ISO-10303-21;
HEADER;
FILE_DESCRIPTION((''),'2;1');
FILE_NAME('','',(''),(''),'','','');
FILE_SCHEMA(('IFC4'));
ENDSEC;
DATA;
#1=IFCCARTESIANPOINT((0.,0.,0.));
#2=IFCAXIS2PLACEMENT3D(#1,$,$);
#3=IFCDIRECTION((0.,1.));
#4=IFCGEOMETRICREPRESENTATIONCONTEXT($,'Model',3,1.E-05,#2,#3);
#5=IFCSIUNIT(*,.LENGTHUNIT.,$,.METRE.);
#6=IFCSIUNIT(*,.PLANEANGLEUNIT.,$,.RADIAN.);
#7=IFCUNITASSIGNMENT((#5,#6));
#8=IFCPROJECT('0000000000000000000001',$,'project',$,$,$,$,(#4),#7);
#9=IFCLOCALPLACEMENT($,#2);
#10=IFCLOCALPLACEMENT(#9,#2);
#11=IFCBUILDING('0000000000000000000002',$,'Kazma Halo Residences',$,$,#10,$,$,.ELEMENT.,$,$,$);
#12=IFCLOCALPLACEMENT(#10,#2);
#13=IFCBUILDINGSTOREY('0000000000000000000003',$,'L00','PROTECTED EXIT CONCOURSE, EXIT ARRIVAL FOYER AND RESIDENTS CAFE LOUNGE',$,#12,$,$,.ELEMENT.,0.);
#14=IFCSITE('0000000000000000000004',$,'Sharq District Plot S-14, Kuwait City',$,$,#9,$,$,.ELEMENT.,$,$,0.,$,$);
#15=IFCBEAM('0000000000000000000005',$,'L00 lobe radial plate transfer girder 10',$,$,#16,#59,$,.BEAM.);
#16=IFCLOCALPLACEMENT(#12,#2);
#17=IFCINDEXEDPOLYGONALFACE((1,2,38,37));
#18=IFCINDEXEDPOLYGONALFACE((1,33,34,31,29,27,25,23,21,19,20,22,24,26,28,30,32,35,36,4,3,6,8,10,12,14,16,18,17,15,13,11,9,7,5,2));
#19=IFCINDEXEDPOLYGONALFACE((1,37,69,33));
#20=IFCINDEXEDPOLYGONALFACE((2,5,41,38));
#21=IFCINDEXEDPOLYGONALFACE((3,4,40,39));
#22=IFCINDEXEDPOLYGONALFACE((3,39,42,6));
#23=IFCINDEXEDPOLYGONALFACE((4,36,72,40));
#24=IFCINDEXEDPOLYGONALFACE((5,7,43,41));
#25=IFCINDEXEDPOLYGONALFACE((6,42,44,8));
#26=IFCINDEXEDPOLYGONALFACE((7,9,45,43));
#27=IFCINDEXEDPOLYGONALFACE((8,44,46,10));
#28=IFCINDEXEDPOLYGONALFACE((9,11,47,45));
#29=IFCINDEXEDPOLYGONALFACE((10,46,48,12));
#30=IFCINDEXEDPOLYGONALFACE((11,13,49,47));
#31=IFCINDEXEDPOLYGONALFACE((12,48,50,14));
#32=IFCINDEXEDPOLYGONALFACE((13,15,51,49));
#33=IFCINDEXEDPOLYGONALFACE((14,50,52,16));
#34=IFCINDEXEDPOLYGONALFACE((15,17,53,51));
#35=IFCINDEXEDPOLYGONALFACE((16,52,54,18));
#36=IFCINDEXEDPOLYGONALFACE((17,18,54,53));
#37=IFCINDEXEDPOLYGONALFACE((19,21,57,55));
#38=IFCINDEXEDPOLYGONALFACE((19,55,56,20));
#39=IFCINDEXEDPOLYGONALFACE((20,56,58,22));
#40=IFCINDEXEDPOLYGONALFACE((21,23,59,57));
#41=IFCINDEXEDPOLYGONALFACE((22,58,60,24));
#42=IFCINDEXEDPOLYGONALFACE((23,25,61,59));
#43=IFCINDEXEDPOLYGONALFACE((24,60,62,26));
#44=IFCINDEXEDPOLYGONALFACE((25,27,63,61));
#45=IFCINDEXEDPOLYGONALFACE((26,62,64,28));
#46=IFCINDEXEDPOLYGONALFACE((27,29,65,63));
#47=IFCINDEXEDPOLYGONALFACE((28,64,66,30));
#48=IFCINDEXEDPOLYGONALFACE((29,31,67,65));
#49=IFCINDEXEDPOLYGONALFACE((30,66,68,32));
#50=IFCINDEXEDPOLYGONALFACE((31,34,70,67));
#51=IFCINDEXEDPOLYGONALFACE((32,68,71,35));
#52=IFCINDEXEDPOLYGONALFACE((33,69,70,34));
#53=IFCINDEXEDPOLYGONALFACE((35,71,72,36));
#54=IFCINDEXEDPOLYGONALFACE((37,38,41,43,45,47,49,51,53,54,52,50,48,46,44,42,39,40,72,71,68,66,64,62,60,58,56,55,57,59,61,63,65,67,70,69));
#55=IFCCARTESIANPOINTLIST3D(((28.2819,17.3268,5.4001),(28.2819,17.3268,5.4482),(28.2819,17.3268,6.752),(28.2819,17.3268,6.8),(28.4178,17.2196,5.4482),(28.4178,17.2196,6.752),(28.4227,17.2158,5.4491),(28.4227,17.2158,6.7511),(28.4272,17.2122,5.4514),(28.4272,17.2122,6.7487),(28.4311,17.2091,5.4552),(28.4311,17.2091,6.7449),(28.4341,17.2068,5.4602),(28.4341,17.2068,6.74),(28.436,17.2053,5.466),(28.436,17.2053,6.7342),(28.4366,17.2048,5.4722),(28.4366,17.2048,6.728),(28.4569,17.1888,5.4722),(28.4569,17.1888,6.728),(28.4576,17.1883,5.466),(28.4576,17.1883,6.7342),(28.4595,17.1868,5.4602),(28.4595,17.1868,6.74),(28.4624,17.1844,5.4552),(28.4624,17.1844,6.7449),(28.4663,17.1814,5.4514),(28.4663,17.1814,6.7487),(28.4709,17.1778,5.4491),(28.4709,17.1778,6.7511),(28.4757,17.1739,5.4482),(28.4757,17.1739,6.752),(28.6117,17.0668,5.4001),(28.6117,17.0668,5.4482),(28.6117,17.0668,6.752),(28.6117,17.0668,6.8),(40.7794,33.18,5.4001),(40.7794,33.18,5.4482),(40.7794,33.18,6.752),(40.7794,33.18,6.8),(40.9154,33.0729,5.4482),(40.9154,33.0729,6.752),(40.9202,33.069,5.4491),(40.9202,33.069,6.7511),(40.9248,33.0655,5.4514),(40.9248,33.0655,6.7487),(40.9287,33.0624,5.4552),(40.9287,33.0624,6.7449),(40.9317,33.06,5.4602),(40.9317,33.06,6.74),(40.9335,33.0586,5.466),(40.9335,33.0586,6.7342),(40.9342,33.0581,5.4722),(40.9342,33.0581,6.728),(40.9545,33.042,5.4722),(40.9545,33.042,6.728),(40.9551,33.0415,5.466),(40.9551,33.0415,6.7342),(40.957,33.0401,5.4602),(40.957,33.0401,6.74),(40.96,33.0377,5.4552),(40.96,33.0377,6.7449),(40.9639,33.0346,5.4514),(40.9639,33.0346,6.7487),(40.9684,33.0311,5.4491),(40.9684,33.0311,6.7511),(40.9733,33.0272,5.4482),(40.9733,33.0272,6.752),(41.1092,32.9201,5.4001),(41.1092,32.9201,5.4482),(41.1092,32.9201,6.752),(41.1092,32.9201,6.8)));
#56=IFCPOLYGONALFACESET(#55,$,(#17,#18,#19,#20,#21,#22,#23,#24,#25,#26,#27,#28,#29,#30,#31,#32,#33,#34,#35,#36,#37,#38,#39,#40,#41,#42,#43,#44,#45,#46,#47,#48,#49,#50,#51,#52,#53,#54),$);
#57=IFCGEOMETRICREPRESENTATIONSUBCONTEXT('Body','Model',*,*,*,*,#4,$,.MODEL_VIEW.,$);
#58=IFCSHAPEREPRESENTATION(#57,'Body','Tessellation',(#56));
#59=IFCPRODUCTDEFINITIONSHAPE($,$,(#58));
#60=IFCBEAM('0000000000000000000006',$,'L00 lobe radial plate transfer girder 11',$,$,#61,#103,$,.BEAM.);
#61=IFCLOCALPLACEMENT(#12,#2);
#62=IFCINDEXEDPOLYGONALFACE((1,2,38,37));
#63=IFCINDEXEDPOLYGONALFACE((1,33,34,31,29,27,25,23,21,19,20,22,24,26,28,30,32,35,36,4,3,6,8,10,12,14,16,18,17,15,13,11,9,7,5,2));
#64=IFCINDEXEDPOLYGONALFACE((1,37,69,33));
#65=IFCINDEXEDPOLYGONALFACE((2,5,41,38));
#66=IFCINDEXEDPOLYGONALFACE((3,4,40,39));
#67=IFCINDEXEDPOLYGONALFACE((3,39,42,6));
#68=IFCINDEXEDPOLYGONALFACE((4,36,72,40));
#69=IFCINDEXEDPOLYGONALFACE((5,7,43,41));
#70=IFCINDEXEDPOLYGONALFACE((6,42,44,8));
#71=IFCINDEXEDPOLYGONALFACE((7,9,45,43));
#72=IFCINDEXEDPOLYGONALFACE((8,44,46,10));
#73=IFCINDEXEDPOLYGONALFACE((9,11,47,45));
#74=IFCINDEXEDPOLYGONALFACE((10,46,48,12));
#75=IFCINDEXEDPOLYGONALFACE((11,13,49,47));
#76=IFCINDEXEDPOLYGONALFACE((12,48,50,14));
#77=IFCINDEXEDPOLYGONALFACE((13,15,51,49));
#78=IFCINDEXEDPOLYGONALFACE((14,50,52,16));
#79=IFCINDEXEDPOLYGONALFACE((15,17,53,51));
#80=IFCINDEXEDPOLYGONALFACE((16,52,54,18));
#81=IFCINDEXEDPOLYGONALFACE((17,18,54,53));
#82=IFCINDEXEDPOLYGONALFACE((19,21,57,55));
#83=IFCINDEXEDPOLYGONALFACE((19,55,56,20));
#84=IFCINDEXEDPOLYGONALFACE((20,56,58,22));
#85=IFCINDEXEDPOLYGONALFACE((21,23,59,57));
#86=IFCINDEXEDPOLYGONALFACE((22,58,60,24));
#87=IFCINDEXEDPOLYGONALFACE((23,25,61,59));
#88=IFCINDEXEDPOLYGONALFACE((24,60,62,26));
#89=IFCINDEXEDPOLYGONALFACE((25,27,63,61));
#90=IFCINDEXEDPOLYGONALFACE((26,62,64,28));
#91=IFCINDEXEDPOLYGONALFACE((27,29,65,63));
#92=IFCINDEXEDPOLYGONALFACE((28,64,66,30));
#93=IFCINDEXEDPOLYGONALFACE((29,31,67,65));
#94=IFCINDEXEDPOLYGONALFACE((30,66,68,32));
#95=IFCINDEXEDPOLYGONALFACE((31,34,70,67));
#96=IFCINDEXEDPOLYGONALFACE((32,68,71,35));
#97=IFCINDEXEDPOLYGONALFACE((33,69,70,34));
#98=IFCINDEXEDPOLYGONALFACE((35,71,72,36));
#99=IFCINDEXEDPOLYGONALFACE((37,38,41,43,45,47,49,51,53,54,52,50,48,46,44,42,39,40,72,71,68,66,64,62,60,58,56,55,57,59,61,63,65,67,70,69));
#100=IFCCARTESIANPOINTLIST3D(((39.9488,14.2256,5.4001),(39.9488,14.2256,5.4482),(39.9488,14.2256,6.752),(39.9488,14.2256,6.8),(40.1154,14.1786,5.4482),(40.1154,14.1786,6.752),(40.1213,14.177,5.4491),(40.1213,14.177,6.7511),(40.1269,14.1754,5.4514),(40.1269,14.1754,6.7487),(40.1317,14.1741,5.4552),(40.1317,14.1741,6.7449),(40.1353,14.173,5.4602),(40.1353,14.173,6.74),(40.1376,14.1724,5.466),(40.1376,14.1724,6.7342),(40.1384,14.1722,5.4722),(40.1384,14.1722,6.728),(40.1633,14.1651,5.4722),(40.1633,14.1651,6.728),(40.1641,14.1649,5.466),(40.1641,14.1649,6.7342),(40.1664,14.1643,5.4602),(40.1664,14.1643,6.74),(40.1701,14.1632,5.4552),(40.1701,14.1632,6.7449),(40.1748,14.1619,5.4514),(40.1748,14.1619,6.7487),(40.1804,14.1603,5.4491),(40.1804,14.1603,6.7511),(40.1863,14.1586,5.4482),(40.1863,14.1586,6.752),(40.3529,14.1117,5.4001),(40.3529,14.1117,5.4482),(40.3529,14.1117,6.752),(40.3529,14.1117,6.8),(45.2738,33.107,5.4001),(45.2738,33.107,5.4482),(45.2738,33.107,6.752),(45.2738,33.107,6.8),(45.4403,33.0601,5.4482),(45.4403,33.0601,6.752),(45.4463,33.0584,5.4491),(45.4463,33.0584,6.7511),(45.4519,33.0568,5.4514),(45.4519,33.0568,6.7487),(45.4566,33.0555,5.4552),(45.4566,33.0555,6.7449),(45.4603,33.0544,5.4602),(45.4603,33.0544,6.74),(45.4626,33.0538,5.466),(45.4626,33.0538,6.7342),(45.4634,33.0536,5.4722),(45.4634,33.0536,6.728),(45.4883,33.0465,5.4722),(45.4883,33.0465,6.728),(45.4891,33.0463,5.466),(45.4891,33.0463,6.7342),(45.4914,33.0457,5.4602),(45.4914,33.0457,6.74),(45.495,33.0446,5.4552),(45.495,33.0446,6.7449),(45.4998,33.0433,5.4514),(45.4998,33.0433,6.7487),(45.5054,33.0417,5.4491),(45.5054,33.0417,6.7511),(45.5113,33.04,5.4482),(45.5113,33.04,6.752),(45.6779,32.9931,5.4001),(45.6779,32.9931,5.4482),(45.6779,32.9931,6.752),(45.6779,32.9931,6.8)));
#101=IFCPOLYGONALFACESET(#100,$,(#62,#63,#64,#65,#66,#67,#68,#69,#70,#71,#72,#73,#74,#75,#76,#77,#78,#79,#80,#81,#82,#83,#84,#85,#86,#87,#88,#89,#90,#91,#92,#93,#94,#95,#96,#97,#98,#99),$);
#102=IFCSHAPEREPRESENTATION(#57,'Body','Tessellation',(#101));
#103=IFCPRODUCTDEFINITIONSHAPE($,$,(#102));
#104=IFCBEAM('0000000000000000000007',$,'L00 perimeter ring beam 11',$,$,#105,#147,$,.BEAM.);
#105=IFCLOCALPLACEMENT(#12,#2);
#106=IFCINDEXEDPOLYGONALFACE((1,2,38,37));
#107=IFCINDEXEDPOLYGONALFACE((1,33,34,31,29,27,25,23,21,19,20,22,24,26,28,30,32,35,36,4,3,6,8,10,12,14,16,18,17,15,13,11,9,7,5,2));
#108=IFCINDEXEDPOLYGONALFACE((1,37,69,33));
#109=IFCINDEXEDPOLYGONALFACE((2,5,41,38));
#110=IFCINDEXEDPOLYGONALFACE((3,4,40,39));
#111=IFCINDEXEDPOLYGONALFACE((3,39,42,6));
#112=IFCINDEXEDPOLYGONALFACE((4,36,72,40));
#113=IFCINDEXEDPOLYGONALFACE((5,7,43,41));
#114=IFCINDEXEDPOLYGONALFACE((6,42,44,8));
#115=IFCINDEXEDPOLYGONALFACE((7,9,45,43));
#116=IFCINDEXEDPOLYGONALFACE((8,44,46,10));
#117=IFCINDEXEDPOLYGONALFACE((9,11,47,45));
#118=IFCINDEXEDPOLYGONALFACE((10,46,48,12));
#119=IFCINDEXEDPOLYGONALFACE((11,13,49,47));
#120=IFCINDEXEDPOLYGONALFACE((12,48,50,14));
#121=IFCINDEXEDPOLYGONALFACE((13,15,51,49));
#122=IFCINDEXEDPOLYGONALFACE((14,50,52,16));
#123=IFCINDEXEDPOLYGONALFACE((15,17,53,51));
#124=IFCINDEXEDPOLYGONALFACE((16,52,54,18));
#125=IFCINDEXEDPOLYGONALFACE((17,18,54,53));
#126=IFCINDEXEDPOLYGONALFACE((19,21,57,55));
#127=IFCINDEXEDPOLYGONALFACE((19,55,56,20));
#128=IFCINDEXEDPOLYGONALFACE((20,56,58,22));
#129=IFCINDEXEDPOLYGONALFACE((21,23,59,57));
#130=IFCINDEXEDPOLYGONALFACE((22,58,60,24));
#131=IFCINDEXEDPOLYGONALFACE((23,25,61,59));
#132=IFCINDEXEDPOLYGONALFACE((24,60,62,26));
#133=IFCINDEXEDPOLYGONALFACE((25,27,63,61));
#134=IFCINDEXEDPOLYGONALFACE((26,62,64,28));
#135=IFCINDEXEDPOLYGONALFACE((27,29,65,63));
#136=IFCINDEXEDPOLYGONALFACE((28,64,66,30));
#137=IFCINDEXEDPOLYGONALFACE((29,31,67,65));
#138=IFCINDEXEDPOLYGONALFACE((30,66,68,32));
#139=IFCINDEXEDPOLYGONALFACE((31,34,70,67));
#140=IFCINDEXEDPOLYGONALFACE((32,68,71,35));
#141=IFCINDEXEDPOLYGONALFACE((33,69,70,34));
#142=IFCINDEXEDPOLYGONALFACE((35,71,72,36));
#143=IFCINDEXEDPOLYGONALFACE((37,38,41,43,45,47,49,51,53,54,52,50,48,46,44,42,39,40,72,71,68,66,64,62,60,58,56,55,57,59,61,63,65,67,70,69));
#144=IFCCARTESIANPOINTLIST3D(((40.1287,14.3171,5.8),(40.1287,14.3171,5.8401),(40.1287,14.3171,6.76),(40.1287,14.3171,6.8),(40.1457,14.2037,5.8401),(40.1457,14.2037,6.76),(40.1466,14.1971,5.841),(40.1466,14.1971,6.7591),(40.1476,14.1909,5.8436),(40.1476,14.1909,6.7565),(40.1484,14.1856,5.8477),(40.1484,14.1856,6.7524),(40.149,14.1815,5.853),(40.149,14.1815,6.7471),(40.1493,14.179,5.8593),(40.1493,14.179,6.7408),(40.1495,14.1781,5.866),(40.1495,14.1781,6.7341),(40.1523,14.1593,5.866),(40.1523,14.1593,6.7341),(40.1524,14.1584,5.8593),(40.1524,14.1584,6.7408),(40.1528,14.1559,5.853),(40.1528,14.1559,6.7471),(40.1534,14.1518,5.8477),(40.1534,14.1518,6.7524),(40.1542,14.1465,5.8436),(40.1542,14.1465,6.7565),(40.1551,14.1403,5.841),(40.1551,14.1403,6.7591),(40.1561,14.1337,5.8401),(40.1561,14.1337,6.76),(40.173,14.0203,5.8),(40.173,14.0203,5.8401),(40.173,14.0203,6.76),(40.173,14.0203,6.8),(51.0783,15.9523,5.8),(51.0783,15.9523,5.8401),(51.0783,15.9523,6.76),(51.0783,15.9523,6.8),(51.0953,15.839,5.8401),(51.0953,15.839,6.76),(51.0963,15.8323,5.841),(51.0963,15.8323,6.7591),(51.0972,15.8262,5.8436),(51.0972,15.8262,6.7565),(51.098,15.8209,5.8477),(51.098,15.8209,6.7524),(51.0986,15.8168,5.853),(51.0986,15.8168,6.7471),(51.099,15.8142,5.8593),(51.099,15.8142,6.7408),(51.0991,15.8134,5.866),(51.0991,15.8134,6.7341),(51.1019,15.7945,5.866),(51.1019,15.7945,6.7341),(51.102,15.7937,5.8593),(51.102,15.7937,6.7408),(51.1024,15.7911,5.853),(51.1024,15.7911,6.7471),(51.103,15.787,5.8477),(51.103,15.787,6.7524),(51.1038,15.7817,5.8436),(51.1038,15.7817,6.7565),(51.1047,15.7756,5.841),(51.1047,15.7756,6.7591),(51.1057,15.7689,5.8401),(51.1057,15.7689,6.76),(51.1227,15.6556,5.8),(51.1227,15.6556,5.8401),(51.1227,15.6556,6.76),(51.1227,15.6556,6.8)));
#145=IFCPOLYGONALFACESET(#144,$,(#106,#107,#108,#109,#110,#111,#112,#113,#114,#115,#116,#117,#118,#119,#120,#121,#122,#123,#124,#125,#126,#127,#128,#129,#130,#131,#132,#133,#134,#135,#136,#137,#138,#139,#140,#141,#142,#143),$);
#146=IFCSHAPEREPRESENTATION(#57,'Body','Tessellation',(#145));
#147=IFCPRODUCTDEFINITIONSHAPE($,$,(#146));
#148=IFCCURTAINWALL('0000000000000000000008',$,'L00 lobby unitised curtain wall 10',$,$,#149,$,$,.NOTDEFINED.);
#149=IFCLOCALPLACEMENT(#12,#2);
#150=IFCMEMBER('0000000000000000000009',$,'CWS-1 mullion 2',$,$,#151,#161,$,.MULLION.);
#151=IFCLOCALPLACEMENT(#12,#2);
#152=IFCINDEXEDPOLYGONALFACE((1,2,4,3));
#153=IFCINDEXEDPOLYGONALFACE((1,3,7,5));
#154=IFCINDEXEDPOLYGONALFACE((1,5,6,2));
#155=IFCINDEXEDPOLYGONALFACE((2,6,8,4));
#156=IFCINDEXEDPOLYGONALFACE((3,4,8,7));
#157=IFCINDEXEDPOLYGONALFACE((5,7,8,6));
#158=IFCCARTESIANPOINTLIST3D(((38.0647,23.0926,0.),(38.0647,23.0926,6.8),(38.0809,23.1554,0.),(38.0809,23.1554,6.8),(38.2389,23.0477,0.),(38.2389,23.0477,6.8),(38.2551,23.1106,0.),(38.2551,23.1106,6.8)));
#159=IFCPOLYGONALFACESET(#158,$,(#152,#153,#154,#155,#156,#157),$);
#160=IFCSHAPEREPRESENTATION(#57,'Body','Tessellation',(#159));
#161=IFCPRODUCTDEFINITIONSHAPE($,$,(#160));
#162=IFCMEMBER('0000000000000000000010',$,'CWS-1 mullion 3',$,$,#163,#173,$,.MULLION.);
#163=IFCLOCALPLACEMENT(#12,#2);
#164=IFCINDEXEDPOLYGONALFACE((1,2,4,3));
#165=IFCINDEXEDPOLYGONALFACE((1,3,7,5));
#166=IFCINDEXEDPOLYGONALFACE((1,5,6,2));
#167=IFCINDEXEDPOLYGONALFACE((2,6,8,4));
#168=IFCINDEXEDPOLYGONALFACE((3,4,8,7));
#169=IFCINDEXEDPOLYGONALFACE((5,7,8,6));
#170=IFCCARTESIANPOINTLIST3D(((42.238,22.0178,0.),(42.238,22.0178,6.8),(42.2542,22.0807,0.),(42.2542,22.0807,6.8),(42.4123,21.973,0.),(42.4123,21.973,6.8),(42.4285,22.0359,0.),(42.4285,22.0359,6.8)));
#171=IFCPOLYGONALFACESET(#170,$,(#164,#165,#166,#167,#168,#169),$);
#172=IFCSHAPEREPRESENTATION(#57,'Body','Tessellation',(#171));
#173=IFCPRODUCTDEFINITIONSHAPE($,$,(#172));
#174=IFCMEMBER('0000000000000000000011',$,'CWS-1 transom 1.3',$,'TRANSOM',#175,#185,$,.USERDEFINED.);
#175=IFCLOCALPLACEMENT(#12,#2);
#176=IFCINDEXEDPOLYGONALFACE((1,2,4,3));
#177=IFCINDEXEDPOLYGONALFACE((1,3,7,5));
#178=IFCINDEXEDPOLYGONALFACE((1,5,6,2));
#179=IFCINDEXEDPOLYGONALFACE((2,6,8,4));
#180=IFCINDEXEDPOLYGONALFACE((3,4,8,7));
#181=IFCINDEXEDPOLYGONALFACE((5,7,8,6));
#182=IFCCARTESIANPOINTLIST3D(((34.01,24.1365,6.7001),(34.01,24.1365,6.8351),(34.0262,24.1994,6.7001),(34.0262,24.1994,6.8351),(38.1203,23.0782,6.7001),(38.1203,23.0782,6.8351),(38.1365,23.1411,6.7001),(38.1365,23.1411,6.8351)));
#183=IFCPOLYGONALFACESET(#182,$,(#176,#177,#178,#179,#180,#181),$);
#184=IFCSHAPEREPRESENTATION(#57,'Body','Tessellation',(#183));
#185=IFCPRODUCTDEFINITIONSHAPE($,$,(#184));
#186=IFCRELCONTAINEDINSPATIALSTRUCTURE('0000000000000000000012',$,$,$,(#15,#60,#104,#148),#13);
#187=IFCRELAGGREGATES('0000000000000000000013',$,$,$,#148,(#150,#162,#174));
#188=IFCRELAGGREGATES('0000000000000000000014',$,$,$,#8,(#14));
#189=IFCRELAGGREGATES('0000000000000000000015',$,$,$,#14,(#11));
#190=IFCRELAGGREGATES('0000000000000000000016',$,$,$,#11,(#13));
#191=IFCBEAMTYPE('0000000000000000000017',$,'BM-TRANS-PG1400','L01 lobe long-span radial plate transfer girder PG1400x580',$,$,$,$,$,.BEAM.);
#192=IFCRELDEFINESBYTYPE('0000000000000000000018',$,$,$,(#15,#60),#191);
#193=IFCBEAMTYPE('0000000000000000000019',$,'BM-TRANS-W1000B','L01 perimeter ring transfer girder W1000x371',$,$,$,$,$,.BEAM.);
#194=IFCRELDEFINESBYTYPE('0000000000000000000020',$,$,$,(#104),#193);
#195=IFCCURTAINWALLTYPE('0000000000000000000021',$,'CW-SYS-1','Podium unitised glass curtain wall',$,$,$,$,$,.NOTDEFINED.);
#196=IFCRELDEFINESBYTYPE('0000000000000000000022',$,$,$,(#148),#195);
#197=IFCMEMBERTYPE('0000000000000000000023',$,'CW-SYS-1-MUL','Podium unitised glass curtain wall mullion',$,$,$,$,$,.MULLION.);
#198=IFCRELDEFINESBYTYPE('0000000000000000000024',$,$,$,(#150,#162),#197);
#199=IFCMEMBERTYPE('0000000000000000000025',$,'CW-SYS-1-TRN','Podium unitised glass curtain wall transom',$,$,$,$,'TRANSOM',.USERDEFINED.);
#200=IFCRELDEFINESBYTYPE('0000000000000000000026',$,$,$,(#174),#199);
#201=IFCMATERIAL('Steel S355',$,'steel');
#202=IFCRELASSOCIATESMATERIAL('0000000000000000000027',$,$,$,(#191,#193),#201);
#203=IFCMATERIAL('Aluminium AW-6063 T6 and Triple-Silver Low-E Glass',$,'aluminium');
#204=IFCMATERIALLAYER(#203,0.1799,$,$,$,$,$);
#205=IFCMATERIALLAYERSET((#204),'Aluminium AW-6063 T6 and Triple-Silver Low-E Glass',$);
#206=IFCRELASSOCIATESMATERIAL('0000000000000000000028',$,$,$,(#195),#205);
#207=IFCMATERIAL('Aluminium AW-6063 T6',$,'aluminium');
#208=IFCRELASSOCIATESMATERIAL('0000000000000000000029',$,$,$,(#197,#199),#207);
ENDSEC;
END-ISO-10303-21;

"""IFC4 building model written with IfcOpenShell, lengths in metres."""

from ifc_helpers import new_model, si_unit, direction, frame, origin, origin_2d, place, context, subcontext, project, spatial, rectangle, i_section, extrude, material, layer, layer_set, material_profile, profile_set, type_object, element, aggregate, save


model = new_model("IFC4")

# Units and contexts
model_context = context("Model", 3, precision=1e-05, world=origin(), true_north=direction((0.0, 1.0)))
body_context = subcontext(model_context, "Body", "Model", "MODEL_VIEW")
ifc_project = project(units=[si_unit("LENGTHUNIT", "METRE"), si_unit("PLANEANGLEUNIT", "RADIAN")], contexts=[model_context])

# Site, building, storey
site_placement = place(None, origin())
site = spatial("IfcSite", under=ifc_project, at=site_placement, Name="Sharq District Plot S-14, Kuwait City", CompositionType="ELEMENT", RefElevation=0.0)
building_placement = place(site_placement, origin())
building = spatial("IfcBuilding", under=site, at=building_placement, Name="Kazma Halo Residences", CompositionType="ELEMENT")
storey_placement = place(building_placement, origin())
storey = spatial("IfcBuildingStorey", under=building, at=storey_placement, Name="L00", Description="PROTECTED EXIT CONCOURSE, EXIT ARRIVAL FOYER AND RESIDENTS CAFE LOUNGE", CompositionType="ELEMENT", Elevation=0.0)

# Beams
ifc_material_1 = material(Name="Steel S355", Category="steel")
ifc_material_profile_1 = material_profile(ifc_material_1, i_section(OverallWidth=0.4199, OverallDepth=1.3999, WebThickness=0.0259, FlangeThickness=0.0481, FilletRadius=0.0239, at=origin_2d()), Name="PG1400x580")
ifc_profile_set_1 = profile_set([ifc_material_profile_1], Name="Steel S355")
beam_type_1 = type_object("IfcBeamType", Name="BM-TRANS-PG1400", Description="L01 lobe long-span radial plate transfer girder PG1400x580", PredefinedType="BEAM", material=ifc_profile_set_1)
beam_1_placement = place(storey_placement, frame((40.9443, 33.05, 6.1001), z_axis=(-0.619089, -0.785321, 0.0), x_axis=(0.785321, -0.619089, 0.0)))
element("IfcBeam", 1, at=beam_1_placement, inside=storey, type_object=beam_type_1, Name="L00 lobe radial plate transfer girder 10", PredefinedType="BEAM", context=body_context, shape_type="SweptSolid", body=[
    extrude(i_section(OverallWidth=0.4199, OverallDepth=1.3999, WebThickness=0.0259, FlangeThickness=0.0481, FilletRadius=0.0239, at=origin_2d()), origin(), (0.0, 0.0, 1.0), 20.187),
])
beam_2_placement = place(storey_placement, frame((45.4758, 33.05, 6.1001), z_axis=(-0.271434, -0.962457, 0.0), x_axis=(0.962457, -0.271434, 0.0)))
element("IfcBeam", 2, at=beam_2_placement, inside=storey, type_object=beam_type_1, Name="L00 lobe radial plate transfer girder 11", PredefinedType="BEAM", context=body_context, shape_type="SweptSolid", body=[
    extrude(i_section(OverallWidth=0.4199, OverallDepth=1.3999, WebThickness=0.0259, FlangeThickness=0.0481, FilletRadius=0.0239, at=origin_2d()), origin(), (0.0, 0.0, 1.0), 19.6179),
])
ifc_material_profile_2 = material_profile(ifc_material_1, i_section(OverallWidth=0.3, OverallDepth=1.0, WebThickness=0.019, FlangeThickness=0.04, FilletRadius=0.0259, at=origin_2d()), Name="W1000x371")
ifc_profile_set_2 = profile_set([ifc_material_profile_2], Name="Steel S355")
beam_type_2 = type_object("IfcBeamType", Name="BM-TRANS-W1000B", Description="L01 perimeter ring transfer girder W1000x371", PredefinedType="BEAM", material=ifc_profile_set_2)
beam_3_placement = place(storey_placement, frame((40.1509, 14.1687, 6.3), z_axis=(0.989032, 0.147704, 0.0), x_axis=(-0.147704, 0.989032, 0.0)))
element("IfcBeam", 3, at=beam_3_placement, inside=storey, type_object=beam_type_2, Name="L00 perimeter ring beam 11", PredefinedType="BEAM", context=body_context, shape_type="SweptSolid", body=[
    extrude(i_section(OverallWidth=0.3, OverallDepth=1.0, WebThickness=0.019, FlangeThickness=0.04, FilletRadius=0.0259, at=origin_2d()), origin(), (0.0, 0.0, 1.0), 11.071),
])

# Curtain wall, members
ifc_material_2 = material(Name="Aluminium AW-6063 T6 and Triple-Silver Low-E Glass", Category="aluminium")
ifc_layer_1 = layer(ifc_material_2, 0.1799)
ifc_layer_set_1 = layer_set([ifc_layer_1], Name="Aluminium AW-6063 T6 and Triple-Silver Low-E Glass")
curtain_wall_type = type_object("IfcCurtainWallType", Name="CW-SYS-1", Description="Podium unitised glass curtain wall", PredefinedType="NOTDEFINED", material=ifc_layer_set_1)
curtain_wall_placement = place(storey_placement, origin())
curtain_wall = element("IfcCurtainWall", 4, at=curtain_wall_placement, inside=storey, type_object=curtain_wall_type, Name="L00 lobby unitised curtain wall 10", PredefinedType="NOTDEFINED")
ifc_material_3 = material(Name="Aluminium AW-6063 T6", Category="aluminium")
ifc_material_profile_3 = material_profile(ifc_material_3, rectangle(XDim=0.0649, YDim=0.1799, at=origin_2d()), Name="CWM-65x180")
ifc_profile_set_3 = profile_set([ifc_material_profile_3], Name="Aluminium AW-6063 T6")
member_type_1 = type_object("IfcMemberType", Name="CW-SYS-1-MUL", Description="Podium unitised glass curtain wall mullion", PredefinedType="MULLION", material=ifc_profile_set_3)
member_1_placement = place(storey_placement, frame((38.1599, 23.1016, 0.0), z_axis=(0.0, 0.0, 1.0), x_axis=(0.249347, 0.968414, 0.0)))
member_1 = element("IfcMember", 5, at=member_1_placement, type_object=member_type_1, Name="CWS-1 mullion 2", PredefinedType="MULLION", context=body_context, shape_type="SweptSolid", body=[
    extrude(rectangle(XDim=0.0649, YDim=0.1799, at=origin_2d()), origin(), (0.0, 0.0, 1.0), 6.8),
])
member_2_placement = place(storey_placement, frame((42.3333, 22.0269, 0.0), z_axis=(0.0, 0.0, 1.0), x_axis=(0.249347, 0.968414, 0.0)))
member_2 = element("IfcMember", 6, at=member_2_placement, type_object=member_type_1, Name="CWS-1 mullion 3", PredefinedType="MULLION", context=body_context, shape_type="SweptSolid", body=[
    extrude(rectangle(XDim=0.0649, YDim=0.1799, at=origin_2d()), origin(), (0.0, 0.0, 1.0), 6.8),
])
ifc_material_profile_4 = material_profile(ifc_material_3, rectangle(XDim=0.0649, YDim=0.135, at=origin_2d()), Name="CWT-65x135")
ifc_profile_set_4 = profile_set([ifc_material_profile_4], Name="Aluminium AW-6063 T6")
member_type_2 = type_object("IfcMemberType", Name="CW-SYS-1-TRN", Description="Podium unitised glass curtain wall transom", ElementType="TRANSOM", PredefinedType="USERDEFINED", material=ifc_profile_set_4)
member_3_placement = place(storey_placement, frame((34.0181, 24.168, 6.7676), z_axis=(0.968413, -0.249351, 0.0), x_axis=(0.249351, 0.968413, 0.0)))
member_3 = element("IfcMember", 7, at=member_3_placement, type_object=member_type_2, Name="CWS-1 transom 1.3", ObjectType="TRANSOM", PredefinedType="USERDEFINED", context=body_context, shape_type="SweptSolid", body=[
    extrude(rectangle(XDim=0.0649, YDim=0.135, at=origin_2d()), origin(), (0.0, 0.0, 1.0), 4.2444),
])
aggregate(curtain_wall, [member_1, member_2, member_3])

save(model, "model.ifc")
